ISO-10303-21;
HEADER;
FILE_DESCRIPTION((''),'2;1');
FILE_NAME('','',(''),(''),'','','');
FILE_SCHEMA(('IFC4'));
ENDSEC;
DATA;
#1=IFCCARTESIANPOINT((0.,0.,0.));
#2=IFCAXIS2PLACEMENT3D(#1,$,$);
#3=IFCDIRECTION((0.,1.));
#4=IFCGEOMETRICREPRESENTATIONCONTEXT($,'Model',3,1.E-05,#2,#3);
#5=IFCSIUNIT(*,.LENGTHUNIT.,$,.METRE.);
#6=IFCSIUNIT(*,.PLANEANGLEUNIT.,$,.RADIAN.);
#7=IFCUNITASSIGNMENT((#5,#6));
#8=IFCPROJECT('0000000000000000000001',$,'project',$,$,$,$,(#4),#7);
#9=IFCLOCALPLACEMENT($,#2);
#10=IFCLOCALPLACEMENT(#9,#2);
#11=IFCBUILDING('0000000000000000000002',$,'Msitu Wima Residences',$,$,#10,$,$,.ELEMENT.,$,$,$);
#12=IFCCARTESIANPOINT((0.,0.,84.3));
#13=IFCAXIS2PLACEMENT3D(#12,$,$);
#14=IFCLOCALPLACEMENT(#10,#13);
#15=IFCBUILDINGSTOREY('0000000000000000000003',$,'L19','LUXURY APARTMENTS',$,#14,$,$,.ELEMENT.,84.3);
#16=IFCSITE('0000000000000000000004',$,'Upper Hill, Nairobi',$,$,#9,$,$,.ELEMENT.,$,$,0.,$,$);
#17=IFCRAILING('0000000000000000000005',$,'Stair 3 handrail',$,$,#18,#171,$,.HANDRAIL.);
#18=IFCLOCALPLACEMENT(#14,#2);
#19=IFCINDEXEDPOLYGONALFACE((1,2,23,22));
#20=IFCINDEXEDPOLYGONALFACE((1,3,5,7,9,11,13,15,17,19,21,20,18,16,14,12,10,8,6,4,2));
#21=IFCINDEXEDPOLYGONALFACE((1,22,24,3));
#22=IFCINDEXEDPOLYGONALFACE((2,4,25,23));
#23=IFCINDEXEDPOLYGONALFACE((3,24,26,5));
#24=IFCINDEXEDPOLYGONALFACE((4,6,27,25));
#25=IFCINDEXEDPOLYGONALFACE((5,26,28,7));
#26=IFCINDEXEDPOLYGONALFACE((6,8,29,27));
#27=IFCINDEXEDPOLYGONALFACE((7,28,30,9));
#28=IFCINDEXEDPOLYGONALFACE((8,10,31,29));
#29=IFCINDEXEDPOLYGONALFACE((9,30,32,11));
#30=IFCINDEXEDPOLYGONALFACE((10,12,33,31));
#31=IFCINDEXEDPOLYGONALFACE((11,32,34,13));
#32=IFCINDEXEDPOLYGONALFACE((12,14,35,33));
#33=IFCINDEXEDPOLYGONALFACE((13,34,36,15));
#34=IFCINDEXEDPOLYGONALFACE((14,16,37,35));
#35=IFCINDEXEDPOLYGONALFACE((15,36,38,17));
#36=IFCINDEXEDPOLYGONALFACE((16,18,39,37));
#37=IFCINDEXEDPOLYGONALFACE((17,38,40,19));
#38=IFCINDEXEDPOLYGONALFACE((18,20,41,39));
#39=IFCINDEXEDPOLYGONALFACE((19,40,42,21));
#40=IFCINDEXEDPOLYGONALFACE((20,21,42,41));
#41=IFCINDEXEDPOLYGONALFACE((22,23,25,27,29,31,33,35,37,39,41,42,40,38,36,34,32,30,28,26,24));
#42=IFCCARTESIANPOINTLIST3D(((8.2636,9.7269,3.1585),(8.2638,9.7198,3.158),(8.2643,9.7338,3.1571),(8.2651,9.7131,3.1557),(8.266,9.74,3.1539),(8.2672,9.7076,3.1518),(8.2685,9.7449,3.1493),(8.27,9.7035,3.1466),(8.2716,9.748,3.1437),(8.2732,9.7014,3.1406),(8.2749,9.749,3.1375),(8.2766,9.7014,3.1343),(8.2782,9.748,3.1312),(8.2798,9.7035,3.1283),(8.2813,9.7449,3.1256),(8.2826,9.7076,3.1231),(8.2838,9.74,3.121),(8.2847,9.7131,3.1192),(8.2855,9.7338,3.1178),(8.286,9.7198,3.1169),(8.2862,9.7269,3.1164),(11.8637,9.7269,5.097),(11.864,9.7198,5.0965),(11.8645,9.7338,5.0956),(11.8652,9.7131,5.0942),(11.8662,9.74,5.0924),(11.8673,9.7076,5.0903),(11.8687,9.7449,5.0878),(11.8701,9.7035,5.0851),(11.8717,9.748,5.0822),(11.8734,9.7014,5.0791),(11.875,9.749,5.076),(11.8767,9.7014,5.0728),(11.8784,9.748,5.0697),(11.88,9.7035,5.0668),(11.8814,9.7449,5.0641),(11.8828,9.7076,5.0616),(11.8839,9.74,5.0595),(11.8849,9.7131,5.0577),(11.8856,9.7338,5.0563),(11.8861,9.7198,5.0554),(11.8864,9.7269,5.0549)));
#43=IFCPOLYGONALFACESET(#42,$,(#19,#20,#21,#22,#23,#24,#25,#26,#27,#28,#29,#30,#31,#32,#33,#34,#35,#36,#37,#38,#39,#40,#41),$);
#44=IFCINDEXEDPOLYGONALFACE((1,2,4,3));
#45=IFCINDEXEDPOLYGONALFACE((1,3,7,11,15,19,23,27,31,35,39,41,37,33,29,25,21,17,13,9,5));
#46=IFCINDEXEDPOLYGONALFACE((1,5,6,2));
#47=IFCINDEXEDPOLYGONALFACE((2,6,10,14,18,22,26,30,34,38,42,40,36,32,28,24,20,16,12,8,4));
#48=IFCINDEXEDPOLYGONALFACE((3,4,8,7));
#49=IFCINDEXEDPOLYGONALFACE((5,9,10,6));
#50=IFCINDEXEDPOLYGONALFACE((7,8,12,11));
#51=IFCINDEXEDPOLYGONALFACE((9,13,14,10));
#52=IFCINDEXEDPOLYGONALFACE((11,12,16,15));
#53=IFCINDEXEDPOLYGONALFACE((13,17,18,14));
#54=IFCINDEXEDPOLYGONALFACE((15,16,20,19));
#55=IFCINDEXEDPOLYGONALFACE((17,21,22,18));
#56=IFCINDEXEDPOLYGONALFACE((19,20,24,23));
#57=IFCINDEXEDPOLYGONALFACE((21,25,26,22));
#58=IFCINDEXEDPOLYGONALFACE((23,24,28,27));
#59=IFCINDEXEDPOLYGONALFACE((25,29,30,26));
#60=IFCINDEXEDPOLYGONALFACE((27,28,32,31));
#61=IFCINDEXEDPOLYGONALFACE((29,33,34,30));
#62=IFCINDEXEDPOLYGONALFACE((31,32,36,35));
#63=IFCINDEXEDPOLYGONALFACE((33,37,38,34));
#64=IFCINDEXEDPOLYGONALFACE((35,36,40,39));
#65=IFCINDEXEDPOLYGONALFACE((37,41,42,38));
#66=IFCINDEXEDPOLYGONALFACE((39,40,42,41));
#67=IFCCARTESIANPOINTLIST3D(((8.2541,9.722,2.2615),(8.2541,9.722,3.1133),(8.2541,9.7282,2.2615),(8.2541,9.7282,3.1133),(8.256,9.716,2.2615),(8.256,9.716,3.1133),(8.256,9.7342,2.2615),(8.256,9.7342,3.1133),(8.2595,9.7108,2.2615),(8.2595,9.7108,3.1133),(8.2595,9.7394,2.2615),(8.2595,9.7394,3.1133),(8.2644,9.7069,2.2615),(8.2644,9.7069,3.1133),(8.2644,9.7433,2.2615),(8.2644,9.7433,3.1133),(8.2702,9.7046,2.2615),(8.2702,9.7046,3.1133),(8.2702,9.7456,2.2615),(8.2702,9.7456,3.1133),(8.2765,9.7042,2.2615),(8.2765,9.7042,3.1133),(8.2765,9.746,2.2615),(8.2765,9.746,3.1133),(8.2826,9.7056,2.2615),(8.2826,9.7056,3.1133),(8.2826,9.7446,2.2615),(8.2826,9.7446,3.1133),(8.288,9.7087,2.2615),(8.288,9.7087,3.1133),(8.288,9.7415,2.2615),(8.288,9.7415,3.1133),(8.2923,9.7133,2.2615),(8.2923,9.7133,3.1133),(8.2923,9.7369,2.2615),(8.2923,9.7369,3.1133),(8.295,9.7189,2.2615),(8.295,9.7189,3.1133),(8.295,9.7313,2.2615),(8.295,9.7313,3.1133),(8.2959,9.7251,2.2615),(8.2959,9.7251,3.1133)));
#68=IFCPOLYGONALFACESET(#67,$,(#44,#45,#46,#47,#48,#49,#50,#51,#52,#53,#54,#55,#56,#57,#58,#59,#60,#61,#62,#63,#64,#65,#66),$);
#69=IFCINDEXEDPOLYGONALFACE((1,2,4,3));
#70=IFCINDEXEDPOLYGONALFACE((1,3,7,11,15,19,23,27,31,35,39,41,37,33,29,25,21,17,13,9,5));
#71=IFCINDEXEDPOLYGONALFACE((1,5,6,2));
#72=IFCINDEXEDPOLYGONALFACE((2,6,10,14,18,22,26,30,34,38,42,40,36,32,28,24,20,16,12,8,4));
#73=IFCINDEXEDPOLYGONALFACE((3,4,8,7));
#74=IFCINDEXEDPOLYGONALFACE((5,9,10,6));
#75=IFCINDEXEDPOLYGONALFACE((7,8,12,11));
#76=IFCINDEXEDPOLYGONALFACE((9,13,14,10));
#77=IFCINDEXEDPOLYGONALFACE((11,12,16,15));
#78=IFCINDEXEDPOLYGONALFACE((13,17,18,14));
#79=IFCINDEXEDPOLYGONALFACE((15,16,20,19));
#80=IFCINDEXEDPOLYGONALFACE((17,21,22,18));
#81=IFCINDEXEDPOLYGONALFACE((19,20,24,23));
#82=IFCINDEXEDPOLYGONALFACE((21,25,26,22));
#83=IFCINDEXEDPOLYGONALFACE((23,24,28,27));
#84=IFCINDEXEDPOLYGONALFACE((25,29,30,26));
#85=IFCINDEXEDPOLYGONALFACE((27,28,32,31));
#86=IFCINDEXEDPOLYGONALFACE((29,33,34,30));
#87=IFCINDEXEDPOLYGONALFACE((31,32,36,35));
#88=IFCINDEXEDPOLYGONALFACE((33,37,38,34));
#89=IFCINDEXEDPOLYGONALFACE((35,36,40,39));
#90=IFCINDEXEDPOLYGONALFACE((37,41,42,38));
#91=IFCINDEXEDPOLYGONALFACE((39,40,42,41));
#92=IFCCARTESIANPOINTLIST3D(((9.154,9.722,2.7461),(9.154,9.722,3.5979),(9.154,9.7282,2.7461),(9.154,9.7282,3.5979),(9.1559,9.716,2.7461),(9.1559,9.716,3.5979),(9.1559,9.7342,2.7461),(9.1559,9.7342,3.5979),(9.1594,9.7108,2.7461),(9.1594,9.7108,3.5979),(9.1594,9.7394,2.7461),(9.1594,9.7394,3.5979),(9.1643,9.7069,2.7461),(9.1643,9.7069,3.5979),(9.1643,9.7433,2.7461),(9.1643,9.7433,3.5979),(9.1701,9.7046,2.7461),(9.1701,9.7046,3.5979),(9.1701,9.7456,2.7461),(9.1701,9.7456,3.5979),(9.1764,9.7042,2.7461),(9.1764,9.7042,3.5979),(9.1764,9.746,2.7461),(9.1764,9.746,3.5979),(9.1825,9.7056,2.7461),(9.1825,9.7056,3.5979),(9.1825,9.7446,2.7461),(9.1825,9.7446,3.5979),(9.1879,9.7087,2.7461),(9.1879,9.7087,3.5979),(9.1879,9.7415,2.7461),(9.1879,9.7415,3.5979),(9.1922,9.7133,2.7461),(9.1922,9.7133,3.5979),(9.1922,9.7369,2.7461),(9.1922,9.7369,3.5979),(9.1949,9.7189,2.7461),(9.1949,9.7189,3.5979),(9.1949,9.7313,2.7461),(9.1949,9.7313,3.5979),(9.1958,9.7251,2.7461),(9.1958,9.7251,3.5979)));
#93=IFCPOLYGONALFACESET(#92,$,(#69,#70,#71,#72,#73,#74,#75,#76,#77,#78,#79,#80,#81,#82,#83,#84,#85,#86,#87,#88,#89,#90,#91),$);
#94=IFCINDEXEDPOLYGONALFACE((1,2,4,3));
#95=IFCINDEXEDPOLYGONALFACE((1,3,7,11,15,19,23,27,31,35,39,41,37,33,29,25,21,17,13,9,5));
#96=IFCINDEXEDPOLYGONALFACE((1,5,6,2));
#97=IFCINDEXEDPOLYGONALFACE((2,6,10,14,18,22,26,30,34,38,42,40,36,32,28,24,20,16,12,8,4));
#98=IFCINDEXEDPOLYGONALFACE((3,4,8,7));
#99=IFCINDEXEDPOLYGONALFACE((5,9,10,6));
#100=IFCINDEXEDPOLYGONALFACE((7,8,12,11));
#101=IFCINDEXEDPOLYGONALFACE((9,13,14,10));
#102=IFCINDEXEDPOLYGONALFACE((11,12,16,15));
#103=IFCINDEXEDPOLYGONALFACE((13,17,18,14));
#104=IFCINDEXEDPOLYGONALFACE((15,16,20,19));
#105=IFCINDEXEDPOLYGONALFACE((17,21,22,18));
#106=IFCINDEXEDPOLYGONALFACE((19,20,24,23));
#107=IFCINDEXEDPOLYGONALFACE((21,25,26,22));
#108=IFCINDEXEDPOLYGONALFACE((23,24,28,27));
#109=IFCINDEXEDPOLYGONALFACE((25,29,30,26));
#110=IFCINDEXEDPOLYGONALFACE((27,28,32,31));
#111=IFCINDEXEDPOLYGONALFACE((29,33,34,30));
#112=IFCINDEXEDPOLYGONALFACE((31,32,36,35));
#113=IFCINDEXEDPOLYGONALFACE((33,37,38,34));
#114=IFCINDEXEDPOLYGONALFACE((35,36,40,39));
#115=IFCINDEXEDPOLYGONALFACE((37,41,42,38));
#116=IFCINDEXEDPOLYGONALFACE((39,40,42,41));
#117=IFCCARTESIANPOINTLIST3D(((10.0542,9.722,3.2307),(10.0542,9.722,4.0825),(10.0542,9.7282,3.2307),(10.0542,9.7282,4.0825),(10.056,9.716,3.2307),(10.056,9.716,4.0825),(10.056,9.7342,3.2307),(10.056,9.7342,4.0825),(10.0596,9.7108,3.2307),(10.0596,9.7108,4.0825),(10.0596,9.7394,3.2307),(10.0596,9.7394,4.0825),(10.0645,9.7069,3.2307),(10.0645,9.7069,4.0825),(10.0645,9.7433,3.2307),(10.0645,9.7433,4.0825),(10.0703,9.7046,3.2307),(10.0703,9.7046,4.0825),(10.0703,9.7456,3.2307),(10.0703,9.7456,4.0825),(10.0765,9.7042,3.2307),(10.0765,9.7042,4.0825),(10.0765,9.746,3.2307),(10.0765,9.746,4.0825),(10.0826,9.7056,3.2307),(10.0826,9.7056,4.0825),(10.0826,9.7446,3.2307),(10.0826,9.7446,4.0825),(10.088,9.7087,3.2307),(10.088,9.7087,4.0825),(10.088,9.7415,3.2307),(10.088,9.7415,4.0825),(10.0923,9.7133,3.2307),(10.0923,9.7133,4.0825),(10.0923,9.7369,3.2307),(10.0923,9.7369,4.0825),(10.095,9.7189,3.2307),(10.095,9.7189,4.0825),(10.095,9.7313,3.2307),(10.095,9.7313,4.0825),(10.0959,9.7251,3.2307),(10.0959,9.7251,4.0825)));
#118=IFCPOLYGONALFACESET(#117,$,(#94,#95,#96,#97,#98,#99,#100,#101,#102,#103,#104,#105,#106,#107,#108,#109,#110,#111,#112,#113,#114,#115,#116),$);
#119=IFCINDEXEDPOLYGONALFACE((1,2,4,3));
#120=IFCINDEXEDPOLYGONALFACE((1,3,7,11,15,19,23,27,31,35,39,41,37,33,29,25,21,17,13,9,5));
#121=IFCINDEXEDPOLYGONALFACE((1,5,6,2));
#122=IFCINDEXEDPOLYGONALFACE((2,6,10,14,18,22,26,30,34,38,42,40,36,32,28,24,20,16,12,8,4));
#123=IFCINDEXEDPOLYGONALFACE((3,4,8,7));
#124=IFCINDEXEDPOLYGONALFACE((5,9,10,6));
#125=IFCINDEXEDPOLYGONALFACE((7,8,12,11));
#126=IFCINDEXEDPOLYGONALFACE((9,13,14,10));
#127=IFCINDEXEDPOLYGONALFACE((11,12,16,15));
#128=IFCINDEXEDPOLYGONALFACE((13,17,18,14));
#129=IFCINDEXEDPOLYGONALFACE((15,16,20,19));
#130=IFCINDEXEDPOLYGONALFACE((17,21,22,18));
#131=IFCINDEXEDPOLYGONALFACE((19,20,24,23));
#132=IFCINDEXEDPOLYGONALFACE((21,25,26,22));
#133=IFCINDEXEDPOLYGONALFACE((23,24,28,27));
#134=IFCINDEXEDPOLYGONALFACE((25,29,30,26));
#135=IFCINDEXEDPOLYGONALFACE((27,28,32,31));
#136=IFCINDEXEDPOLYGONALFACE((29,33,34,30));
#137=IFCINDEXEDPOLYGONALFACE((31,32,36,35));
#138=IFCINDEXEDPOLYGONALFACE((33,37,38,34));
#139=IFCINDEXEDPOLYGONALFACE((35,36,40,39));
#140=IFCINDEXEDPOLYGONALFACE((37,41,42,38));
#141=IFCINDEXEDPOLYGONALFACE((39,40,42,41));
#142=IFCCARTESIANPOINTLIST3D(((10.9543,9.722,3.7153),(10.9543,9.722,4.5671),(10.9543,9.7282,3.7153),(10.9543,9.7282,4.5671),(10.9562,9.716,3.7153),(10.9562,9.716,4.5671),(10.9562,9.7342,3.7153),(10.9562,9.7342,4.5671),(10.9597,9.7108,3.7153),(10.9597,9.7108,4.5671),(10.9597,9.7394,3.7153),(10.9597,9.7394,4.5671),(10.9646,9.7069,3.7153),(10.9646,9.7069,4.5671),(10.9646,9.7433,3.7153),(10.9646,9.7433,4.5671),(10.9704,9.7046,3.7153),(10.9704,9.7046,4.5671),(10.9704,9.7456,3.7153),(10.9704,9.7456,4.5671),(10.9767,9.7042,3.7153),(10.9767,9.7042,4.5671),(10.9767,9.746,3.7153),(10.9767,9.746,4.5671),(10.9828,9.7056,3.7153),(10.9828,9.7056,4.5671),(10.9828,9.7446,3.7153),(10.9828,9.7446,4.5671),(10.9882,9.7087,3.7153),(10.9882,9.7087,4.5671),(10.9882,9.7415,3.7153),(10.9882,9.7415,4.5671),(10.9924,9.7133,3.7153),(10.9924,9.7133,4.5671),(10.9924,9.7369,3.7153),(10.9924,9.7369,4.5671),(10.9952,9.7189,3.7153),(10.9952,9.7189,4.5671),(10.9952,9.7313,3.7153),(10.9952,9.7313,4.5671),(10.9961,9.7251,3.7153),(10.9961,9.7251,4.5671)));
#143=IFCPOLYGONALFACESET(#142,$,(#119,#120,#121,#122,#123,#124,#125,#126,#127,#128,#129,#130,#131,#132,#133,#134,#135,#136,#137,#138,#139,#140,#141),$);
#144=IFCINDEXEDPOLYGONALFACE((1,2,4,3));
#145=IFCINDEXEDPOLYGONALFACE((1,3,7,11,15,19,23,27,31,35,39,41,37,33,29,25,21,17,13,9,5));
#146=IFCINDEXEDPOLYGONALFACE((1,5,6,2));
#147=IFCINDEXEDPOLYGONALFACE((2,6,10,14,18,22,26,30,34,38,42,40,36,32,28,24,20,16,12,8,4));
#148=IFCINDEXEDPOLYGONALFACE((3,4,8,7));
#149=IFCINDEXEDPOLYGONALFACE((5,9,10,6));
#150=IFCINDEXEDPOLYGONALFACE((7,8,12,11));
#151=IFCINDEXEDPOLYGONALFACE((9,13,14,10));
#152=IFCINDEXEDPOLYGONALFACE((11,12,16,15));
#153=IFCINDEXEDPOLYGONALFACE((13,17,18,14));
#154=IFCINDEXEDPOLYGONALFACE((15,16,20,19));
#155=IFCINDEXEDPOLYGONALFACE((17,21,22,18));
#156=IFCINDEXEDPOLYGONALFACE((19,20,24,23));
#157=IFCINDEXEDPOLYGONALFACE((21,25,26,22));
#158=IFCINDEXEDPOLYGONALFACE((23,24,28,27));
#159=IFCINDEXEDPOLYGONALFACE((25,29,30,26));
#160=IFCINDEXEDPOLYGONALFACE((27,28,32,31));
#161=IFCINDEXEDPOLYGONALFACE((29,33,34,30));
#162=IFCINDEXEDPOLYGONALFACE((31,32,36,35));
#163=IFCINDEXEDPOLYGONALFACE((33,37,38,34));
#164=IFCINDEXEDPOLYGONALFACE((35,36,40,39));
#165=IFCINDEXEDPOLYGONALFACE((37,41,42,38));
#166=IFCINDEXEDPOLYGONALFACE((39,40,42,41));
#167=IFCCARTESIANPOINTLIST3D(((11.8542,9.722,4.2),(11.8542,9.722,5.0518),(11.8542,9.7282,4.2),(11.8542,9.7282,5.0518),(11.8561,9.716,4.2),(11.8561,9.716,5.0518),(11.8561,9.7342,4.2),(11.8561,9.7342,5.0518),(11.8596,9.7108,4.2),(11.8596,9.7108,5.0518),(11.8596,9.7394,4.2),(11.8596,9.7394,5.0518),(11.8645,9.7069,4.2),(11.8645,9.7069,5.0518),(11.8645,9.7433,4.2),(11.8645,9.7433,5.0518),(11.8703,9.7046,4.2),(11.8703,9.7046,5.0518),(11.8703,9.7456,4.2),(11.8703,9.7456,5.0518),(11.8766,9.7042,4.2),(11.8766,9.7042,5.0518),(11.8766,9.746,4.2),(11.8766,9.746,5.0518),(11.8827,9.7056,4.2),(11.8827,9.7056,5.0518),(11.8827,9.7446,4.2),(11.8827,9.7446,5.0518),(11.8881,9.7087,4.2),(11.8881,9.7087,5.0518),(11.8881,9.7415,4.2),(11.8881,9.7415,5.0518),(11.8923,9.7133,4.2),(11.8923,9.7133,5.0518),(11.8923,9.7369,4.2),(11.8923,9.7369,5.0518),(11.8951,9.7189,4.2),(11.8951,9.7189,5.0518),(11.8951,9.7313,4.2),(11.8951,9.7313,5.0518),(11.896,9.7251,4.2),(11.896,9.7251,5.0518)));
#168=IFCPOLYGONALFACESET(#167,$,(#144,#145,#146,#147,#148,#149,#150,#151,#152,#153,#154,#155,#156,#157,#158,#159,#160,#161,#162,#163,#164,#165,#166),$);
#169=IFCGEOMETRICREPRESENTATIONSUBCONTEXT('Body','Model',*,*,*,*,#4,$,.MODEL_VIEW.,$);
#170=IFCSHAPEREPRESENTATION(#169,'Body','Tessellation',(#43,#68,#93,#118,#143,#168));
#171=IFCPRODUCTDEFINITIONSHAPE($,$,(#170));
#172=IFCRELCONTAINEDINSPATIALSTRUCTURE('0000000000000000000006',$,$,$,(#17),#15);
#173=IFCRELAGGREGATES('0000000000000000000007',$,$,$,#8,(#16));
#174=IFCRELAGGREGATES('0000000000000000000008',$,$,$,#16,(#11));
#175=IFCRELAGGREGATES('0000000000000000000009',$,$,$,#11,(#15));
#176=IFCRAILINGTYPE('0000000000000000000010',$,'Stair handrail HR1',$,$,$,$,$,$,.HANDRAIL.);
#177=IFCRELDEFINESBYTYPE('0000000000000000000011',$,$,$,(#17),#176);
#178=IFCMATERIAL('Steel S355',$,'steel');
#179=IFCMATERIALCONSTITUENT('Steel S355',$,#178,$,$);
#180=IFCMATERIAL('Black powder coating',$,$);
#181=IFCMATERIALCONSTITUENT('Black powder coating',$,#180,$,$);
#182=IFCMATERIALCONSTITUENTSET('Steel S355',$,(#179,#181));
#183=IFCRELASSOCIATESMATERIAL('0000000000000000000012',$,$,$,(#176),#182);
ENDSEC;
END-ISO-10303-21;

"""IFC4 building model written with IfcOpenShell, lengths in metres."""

from ifc_helpers import new_model, si_unit, direction, frame, origin, origin_2d, place, context, subcontext, project, spatial, circle, extrude, material, constituent, constituent_set, type_object, element, save


model = new_model("IFC4")

# Units and contexts
model_context = context("Model", 3, precision=1e-05, world=origin(), true_north=direction((0.0, 1.0)))
body_context = subcontext(model_context, "Body", "Model", "MODEL_VIEW")
ifc_project = project(units=[si_unit("LENGTHUNIT", "METRE"), si_unit("PLANEANGLEUNIT", "RADIAN")], contexts=[model_context])

# Site, building, storey
site_placement = place(None, origin())
site = spatial("IfcSite", under=ifc_project, at=site_placement, Name="Upper Hill, Nairobi", CompositionType="ELEMENT", RefElevation=0.0)
building_placement = place(site_placement, origin())
building = spatial("IfcBuilding", under=site, at=building_placement, Name="Msitu Wima Residences", CompositionType="ELEMENT")
storey_placement = place(building_placement, frame((0.0, 0.0, 84.3)))
storey = spatial("IfcBuildingStorey", under=building, at=storey_placement, Name="L19", Description="LUXURY APARTMENTS", CompositionType="ELEMENT", Elevation=84.3)

# Railing
ifc_material_1 = material(Name="Steel S355", Category="steel")
ifc_constituent_1 = constituent(ifc_material_1, Name="Steel S355")
ifc_material_2 = material(Name="Black powder coating")
ifc_constituent_2 = constituent(ifc_material_2, Name="Black powder coating")
ifc_constituent_set = constituent_set(constituents=[ifc_constituent_1, ifc_constituent_2], Name="Steel S355")
railing_type = type_object("IfcRailingType", Name="Stair handrail HR1", PredefinedType="HANDRAIL", material=ifc_constituent_set)
for number, where, name in (
    (1, (8.2749, 9.7251, 2.2615), "Stair 3 handrail"),
):
    element("IfcRailing", number, at=place(storey_placement, frame(where)), inside=storey, type_object=railing_type, Name=name, PredefinedType="HANDRAIL", context=body_context, shape_type="SweptSolid", body=[
        extrude(circle(Radius=0.0239, at=origin_2d()), frame((0.0, 0.0, 0.876), z_axis=(0.880475, 0.0, 0.474093), x_axis=(0.0, 1.0, 0.0)), (0.0, 0.0, 1.0), 4.0889),
        extrude(circle(Radius=0.021, at=origin_2d()), origin(), (0.0, 0.0, 1.0), 0.8518),
        extrude(circle(Radius=0.021, at=origin_2d()), frame((0.8999, 0.0, 0.4846)), (0.0, 0.0, 1.0), 0.8518),
        extrude(circle(Radius=0.021, at=origin_2d()), frame((1.8, 0.0, 0.9692)), (0.0, 0.0, 1.0), 0.8518),
        extrude(circle(Radius=0.021, at=origin_2d()), frame((2.7002, 0.0, 1.4539)), (0.0, 0.0, 1.0), 0.8518),
        extrude(circle(Radius=0.021, at=origin_2d()), frame((3.6001, 0.0, 1.9385)), (0.0, 0.0, 1.0), 0.8518),
    ])

save(model, "model.ifc")
